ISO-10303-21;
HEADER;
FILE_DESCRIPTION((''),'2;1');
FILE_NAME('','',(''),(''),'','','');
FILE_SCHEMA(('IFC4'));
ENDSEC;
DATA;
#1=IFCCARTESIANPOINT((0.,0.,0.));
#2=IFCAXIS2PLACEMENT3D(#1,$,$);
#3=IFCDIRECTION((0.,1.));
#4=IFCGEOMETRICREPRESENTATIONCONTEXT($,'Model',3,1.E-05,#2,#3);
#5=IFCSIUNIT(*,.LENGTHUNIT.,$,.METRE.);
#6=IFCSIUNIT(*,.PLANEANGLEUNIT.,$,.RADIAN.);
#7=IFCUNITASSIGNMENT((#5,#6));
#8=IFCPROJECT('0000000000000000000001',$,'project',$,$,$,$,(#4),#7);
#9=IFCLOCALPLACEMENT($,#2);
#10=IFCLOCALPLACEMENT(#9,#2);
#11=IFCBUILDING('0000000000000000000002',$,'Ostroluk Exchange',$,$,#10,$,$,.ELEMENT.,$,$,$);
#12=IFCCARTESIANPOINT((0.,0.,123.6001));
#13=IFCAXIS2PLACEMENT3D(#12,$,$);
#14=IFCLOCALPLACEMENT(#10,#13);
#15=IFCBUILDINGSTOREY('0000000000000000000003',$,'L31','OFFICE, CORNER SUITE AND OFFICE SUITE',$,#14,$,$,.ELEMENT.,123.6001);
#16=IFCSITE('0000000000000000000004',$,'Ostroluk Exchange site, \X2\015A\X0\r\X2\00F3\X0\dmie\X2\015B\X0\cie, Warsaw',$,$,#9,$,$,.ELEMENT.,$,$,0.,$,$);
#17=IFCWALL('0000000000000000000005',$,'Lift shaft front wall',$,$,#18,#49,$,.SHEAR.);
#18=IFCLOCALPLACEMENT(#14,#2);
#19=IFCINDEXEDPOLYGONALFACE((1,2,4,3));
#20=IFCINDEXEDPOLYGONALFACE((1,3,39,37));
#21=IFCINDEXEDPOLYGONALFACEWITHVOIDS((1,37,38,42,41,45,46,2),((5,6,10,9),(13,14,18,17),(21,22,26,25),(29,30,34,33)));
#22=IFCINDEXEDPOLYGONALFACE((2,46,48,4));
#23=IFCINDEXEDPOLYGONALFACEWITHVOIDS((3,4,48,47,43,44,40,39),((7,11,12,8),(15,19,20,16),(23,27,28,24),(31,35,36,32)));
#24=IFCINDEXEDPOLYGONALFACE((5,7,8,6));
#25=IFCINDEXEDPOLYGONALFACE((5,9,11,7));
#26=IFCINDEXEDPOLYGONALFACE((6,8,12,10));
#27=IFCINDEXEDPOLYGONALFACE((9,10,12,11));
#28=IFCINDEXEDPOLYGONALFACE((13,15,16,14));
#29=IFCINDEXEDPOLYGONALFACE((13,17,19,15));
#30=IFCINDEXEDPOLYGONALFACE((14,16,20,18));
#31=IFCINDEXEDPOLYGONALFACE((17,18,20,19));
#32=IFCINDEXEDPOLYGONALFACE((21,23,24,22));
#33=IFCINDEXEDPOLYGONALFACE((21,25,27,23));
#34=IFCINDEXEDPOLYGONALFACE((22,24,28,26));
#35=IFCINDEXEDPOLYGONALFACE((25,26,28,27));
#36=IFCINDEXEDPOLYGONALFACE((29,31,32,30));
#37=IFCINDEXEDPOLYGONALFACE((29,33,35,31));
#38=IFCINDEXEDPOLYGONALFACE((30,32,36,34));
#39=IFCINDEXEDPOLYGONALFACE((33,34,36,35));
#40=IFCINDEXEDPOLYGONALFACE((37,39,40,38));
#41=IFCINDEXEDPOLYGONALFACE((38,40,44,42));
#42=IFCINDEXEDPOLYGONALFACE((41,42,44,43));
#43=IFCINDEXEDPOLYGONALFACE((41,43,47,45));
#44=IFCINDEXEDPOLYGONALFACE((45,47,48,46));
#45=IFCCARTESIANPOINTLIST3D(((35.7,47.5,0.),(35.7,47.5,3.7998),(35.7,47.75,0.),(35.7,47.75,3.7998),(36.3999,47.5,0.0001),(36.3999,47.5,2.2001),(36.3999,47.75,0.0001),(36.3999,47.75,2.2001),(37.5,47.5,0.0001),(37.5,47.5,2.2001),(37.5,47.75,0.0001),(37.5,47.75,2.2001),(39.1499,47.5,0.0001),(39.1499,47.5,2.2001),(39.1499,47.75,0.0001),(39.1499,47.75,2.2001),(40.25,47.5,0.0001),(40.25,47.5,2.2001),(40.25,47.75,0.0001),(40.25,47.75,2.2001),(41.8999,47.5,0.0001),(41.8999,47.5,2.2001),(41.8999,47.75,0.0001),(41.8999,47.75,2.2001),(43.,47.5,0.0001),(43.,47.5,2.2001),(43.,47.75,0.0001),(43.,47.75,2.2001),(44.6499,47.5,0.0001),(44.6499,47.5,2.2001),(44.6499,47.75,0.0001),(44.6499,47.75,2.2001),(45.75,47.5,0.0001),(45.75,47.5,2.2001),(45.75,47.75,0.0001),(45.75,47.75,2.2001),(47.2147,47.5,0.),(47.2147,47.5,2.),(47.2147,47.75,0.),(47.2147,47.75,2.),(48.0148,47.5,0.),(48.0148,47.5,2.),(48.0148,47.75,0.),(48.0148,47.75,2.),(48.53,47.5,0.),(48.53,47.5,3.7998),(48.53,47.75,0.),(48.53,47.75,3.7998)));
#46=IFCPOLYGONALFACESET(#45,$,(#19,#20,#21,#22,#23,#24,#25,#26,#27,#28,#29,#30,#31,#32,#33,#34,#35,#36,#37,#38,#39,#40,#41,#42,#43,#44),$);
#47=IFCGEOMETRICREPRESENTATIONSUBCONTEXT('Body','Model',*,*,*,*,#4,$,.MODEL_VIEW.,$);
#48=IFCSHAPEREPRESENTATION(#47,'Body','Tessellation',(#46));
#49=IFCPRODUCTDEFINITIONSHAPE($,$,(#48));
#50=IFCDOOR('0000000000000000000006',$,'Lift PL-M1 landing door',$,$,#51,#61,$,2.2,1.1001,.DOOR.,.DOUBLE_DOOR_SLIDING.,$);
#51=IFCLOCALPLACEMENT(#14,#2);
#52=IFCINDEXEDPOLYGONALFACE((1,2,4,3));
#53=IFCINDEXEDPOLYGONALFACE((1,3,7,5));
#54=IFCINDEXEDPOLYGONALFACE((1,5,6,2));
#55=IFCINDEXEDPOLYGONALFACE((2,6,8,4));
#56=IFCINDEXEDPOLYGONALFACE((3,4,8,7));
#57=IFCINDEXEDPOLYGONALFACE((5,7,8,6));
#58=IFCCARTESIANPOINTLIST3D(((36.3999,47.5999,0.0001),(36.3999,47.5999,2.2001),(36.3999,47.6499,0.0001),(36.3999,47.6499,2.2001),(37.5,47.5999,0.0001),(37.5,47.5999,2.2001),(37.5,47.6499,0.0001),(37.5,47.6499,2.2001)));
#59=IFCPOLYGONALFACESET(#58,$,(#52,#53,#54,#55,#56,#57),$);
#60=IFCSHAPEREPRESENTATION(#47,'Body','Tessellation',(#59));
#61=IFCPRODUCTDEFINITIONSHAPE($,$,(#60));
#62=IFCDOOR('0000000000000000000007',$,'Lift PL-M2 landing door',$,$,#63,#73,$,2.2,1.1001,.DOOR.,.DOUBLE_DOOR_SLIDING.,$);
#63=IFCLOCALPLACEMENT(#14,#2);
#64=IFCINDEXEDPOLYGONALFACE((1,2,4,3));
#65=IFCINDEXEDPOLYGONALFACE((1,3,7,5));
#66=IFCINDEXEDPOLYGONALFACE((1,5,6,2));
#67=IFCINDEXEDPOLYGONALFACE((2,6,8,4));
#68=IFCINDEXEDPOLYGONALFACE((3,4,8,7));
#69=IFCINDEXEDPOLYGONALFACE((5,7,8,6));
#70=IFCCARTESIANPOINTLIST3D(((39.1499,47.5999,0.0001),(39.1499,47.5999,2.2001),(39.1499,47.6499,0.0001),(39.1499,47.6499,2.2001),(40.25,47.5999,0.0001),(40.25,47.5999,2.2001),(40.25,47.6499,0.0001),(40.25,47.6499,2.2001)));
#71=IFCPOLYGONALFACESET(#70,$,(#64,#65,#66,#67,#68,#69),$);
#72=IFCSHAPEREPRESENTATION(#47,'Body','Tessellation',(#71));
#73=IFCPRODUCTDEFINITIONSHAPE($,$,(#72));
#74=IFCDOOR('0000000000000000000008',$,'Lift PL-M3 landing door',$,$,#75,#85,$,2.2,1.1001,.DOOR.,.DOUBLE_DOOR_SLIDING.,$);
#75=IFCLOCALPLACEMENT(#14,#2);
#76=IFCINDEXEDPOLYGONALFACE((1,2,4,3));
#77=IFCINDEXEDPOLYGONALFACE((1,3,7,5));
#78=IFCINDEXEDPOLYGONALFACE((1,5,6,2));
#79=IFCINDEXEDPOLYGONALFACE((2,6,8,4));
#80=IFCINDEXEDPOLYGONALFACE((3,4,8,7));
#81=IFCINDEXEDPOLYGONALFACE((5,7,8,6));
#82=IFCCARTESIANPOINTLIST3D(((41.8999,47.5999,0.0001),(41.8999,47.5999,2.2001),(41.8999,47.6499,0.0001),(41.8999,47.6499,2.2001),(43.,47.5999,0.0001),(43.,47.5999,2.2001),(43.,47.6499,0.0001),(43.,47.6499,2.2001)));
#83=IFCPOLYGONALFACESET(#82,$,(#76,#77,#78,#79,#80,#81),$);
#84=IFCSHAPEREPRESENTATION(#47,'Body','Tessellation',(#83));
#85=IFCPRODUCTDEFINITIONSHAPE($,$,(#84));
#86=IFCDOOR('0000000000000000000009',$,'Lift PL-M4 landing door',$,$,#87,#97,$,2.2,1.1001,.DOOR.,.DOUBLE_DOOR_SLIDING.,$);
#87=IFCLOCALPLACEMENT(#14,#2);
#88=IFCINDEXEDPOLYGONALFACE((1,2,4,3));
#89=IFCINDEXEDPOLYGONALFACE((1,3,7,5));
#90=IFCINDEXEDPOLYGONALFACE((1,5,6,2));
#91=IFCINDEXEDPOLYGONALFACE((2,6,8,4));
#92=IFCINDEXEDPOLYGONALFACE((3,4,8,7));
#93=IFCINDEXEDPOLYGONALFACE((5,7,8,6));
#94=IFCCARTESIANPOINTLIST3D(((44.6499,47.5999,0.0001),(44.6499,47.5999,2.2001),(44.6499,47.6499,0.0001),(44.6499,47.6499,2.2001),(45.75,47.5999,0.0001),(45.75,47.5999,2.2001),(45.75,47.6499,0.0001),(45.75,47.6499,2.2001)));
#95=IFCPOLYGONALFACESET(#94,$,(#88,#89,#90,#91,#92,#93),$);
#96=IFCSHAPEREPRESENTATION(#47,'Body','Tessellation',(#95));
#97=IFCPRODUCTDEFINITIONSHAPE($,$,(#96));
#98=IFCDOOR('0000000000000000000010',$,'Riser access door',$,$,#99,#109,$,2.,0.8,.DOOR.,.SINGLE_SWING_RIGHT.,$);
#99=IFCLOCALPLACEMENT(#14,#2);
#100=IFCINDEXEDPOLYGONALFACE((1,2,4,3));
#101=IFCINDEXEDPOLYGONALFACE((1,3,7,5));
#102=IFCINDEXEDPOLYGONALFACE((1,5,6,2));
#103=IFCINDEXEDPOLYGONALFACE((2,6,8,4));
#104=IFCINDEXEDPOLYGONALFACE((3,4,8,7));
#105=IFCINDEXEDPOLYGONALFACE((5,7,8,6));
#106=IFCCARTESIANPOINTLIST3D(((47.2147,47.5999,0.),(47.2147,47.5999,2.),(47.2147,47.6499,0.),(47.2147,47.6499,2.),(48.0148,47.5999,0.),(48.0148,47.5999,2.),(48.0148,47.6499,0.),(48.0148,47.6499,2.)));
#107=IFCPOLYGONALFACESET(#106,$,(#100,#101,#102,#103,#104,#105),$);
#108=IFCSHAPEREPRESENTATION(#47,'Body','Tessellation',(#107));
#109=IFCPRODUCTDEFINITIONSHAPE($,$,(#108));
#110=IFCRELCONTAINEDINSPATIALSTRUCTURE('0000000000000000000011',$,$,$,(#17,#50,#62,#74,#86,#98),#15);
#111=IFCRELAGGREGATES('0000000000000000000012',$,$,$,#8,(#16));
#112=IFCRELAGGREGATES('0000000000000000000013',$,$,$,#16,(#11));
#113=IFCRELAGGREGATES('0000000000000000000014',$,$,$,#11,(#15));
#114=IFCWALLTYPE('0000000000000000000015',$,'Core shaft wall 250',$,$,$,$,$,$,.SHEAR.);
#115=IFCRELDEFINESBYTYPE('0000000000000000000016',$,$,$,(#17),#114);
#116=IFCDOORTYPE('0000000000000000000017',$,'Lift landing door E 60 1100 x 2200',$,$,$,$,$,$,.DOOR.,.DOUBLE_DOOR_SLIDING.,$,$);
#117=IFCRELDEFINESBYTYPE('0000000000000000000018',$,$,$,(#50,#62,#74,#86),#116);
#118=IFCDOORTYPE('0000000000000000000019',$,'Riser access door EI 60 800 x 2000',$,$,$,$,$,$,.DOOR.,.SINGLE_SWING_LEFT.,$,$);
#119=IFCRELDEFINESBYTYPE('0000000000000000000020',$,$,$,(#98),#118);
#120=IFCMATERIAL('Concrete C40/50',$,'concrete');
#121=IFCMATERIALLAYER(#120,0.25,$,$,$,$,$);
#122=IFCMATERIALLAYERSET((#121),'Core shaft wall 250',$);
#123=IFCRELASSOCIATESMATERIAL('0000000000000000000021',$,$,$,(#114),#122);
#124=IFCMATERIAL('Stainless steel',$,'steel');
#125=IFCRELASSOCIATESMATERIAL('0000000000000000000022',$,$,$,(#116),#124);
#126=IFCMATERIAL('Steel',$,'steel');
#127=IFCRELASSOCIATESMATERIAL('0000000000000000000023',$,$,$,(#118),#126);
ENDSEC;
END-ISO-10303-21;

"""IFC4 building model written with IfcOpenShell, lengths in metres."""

from ifc_helpers import new_model, si_unit, direction, frame, frame_2d, origin, place, context, subcontext, project, spatial, rectangle, extrude, material, layer, layer_set, type_object, element, fill, save


model = new_model("IFC4")

# Units and contexts
model_context = context("Model", 3, precision=1e-05, world=origin(), true_north=direction((0.0, 1.0)))
body_context = subcontext(model_context, "Body", "Model", "MODEL_VIEW")
ifc_project = project(units=[si_unit("LENGTHUNIT", "METRE"), si_unit("PLANEANGLEUNIT", "RADIAN")], contexts=[model_context])

# Site, building, storey
site_placement = place(None, origin())
site = spatial("IfcSite", under=ifc_project, at=site_placement, Name="Ostroluk Exchange site, Śródmieście, Warsaw", CompositionType="ELEMENT", RefElevation=0.0)
building_placement = place(site_placement, origin())
building = spatial("IfcBuilding", under=site, at=building_placement, Name="Ostroluk Exchange", CompositionType="ELEMENT")
storey_placement = place(building_placement, frame((0.0, 0.0, 123.6001)))
storey = spatial("IfcBuildingStorey", under=building, at=storey_placement, Name="L31", Description="OFFICE, CORNER SUITE AND OFFICE SUITE", CompositionType="ELEMENT", Elevation=123.6001)

# Shared definitions
ifc_material_1 = material(Name="Concrete C40/50", Category="concrete")
ifc_layer = layer(ifc_material_1, 0.25)
ifc_layer_set = layer_set([ifc_layer], Name="Core shaft wall 250")
wall_type = type_object("IfcWallType", Name="Core shaft wall 250", PredefinedType="SHEAR", material=ifc_layer_set)

# Wall, openings, doors
wall_1_placement = place(storey_placement, frame((35.7, 47.625, 0.0), z_axis=(0.0, 0.0, 1.0), x_axis=(1.0, 0.0, 0.0)))
wall_1 = element("IfcWall", 1, at=wall_1_placement, inside=storey, type_object=wall_type, Name="Lift shaft front wall", PredefinedType="SHEAR", context=body_context, shape_type="SweptSolid", body=[
    extrude(rectangle(XDim=12.8301, YDim=0.25, at=frame_2d((6.415, 0.0))), origin(), (0.0, 0.0, 1.0), 3.7998),
])
opening_1_placement = place(wall_1_placement, frame((0.7, 0.0, 0.0)))
opening_1 = element("IfcOpeningElement", 2, at=opening_1_placement, cuts=wall_1, PredefinedType="OPENING", context=body_context, shape_type="SweptSolid", body=[
    extrude(rectangle(XDim=1.1001, YDim=2.2, at=frame_2d((0.55, 1.1001))), frame((0.0, 0.135, 0.0), z_axis=(0.0, -1.0, 0.0), x_axis=(1.0, 0.0, 0.0)), (0.0, 0.0, 1.0), 0.27),
])
opening_2_placement = place(wall_1_placement, frame((3.45, 0.0, 0.0)))
opening_2 = element("IfcOpeningElement", 3, at=opening_2_placement, cuts=wall_1, PredefinedType="OPENING", context=body_context, shape_type="SweptSolid", body=[
    extrude(rectangle(XDim=1.1001, YDim=2.2, at=frame_2d((0.55, 1.1001))), frame((0.0, 0.135, 0.0), z_axis=(0.0, -1.0, 0.0), x_axis=(1.0, 0.0, 0.0)), (0.0, 0.0, 1.0), 0.27),
])
opening_3_placement = place(wall_1_placement, frame((6.2, 0.0, 0.0)))
opening_3 = element("IfcOpeningElement", 4, at=opening_3_placement, cuts=wall_1, PredefinedType="OPENING", context=body_context, shape_type="SweptSolid", body=[
    extrude(rectangle(XDim=1.1001, YDim=2.2, at=frame_2d((0.55, 1.1001))), frame((0.0, 0.135, 0.0), z_axis=(0.0, -1.0, 0.0), x_axis=(1.0, 0.0, 0.0)), (0.0, 0.0, 1.0), 0.27),
])
opening_4_placement = place(wall_1_placement, frame((8.95, 0.0, 0.0)))
opening_4 = element("IfcOpeningElement", 5, at=opening_4_placement, cuts=wall_1, PredefinedType="OPENING", context=body_context, shape_type="SweptSolid", body=[
    extrude(rectangle(XDim=1.1001, YDim=2.2, at=frame_2d((0.55, 1.1001))), frame((0.0, 0.135, 0.0), z_axis=(0.0, -1.0, 0.0), x_axis=(1.0, 0.0, 0.0)), (0.0, 0.0, 1.0), 0.27),
])
opening_5_placement = place(wall_1_placement, frame((11.5149, 0.0, 0.0)))
opening_5 = element("IfcOpeningElement", 6, at=opening_5_placement, cuts=wall_1, PredefinedType="OPENING", context=body_context, shape_type="SweptSolid", body=[
    extrude(rectangle(XDim=0.8, YDim=2.0, at=frame_2d((0.3999, 1.0))), frame((0.0, 0.135, 0.0), z_axis=(0.0, -1.0, 0.0), x_axis=(1.0, 0.0, 0.0)), (0.0, 0.0, 1.0), 0.27),
])
ifc_material_2 = material(Name="Stainless steel", Category="steel")
door_type_1 = type_object("IfcDoorType", Name="Lift landing door E 60 1100 x 2200", OperationType="DOUBLE_DOOR_SLIDING", PredefinedType="DOOR", material=ifc_material_2)
door_1_placement = place(opening_1_placement, origin())
door_1 = element("IfcDoor", 7, at=door_1_placement, inside=storey, type_object=door_type_1, Name="Lift PL-M1 landing door", OperationType="DOUBLE_DOOR_SLIDING", OverallHeight=2.2, OverallWidth=1.1001, PredefinedType="DOOR", context=body_context, shape_type="SweptSolid", body=[
    extrude(rectangle(XDim=1.1001, YDim=2.2, at=frame_2d((0.55, 1.1001))), frame((0.0, 0.0249, 0.0), z_axis=(0.0, -1.0, 0.0), x_axis=(1.0, 0.0, 0.0)), (0.0, 0.0, 1.0), 0.05),
])
fill(opening_1, door_1)
door_2_placement = place(opening_2_placement, origin())
door_2 = element("IfcDoor", 8, at=door_2_placement, inside=storey, type_object=door_type_1, Name="Lift PL-M2 landing door", OperationType="DOUBLE_DOOR_SLIDING", OverallHeight=2.2, OverallWidth=1.1001, PredefinedType="DOOR", context=body_context, shape_type="SweptSolid", body=[
    extrude(rectangle(XDim=1.1001, YDim=2.2, at=frame_2d((0.55, 1.1001))), frame((0.0, 0.0249, 0.0), z_axis=(0.0, -1.0, 0.0), x_axis=(1.0, 0.0, 0.0)), (0.0, 0.0, 1.0), 0.05),
])
fill(opening_2, door_2)
door_3_placement = place(opening_3_placement, origin())
door_3 = element("IfcDoor", 9, at=door_3_placement, inside=storey, type_object=door_type_1, Name="Lift PL-M3 landing door", OperationType="DOUBLE_DOOR_SLIDING", OverallHeight=2.2, OverallWidth=1.1001, PredefinedType="DOOR", context=body_context, shape_type="SweptSolid", body=[
    extrude(rectangle(XDim=1.1001, YDim=2.2, at=frame_2d((0.55, 1.1001))), frame((0.0, 0.0249, 0.0), z_axis=(0.0, -1.0, 0.0), x_axis=(1.0, 0.0, 0.0)), (0.0, 0.0, 1.0), 0.05),
])
fill(opening_3, door_3)
door_4_placement = place(opening_4_placement, origin())
door_4 = element("IfcDoor", 10, at=door_4_placement, inside=storey, type_object=door_type_1, Name="Lift PL-M4 landing door", OperationType="DOUBLE_DOOR_SLIDING", OverallHeight=2.2, OverallWidth=1.1001, PredefinedType="DOOR", context=body_context, shape_type="SweptSolid", body=[
    extrude(rectangle(XDim=1.1001, YDim=2.2, at=frame_2d((0.55, 1.1001))), frame((0.0, 0.0249, 0.0), z_axis=(0.0, -1.0, 0.0), x_axis=(1.0, 0.0, 0.0)), (0.0, 0.0, 1.0), 0.05),
])
fill(opening_4, door_4)
ifc_material_3 = material(Name="Steel", Category="steel")
door_type_2 = type_object("IfcDoorType", Name="Riser access door EI 60 800 x 2000", OperationType="SINGLE_SWING_LEFT", PredefinedType="DOOR", material=ifc_material_3)
door_5_placement = place(opening_5_placement, origin())
door_5 = element("IfcDoor", 11, at=door_5_placement, inside=storey, type_object=door_type_2, Name="Riser access door", OperationType="SINGLE_SWING_RIGHT", OverallHeight=2.0, OverallWidth=0.8, PredefinedType="DOOR", context=body_context, shape_type="SweptSolid", body=[
    extrude(rectangle(XDim=0.8, YDim=2.0, at=frame_2d((0.3999, 1.0))), frame((0.0, 0.0249, 0.0), z_axis=(0.0, -1.0, 0.0), x_axis=(1.0, 0.0, 0.0)), (0.0, 0.0, 1.0), 0.05),
])
fill(opening_5, door_5)

save(model, "model.ifc")
